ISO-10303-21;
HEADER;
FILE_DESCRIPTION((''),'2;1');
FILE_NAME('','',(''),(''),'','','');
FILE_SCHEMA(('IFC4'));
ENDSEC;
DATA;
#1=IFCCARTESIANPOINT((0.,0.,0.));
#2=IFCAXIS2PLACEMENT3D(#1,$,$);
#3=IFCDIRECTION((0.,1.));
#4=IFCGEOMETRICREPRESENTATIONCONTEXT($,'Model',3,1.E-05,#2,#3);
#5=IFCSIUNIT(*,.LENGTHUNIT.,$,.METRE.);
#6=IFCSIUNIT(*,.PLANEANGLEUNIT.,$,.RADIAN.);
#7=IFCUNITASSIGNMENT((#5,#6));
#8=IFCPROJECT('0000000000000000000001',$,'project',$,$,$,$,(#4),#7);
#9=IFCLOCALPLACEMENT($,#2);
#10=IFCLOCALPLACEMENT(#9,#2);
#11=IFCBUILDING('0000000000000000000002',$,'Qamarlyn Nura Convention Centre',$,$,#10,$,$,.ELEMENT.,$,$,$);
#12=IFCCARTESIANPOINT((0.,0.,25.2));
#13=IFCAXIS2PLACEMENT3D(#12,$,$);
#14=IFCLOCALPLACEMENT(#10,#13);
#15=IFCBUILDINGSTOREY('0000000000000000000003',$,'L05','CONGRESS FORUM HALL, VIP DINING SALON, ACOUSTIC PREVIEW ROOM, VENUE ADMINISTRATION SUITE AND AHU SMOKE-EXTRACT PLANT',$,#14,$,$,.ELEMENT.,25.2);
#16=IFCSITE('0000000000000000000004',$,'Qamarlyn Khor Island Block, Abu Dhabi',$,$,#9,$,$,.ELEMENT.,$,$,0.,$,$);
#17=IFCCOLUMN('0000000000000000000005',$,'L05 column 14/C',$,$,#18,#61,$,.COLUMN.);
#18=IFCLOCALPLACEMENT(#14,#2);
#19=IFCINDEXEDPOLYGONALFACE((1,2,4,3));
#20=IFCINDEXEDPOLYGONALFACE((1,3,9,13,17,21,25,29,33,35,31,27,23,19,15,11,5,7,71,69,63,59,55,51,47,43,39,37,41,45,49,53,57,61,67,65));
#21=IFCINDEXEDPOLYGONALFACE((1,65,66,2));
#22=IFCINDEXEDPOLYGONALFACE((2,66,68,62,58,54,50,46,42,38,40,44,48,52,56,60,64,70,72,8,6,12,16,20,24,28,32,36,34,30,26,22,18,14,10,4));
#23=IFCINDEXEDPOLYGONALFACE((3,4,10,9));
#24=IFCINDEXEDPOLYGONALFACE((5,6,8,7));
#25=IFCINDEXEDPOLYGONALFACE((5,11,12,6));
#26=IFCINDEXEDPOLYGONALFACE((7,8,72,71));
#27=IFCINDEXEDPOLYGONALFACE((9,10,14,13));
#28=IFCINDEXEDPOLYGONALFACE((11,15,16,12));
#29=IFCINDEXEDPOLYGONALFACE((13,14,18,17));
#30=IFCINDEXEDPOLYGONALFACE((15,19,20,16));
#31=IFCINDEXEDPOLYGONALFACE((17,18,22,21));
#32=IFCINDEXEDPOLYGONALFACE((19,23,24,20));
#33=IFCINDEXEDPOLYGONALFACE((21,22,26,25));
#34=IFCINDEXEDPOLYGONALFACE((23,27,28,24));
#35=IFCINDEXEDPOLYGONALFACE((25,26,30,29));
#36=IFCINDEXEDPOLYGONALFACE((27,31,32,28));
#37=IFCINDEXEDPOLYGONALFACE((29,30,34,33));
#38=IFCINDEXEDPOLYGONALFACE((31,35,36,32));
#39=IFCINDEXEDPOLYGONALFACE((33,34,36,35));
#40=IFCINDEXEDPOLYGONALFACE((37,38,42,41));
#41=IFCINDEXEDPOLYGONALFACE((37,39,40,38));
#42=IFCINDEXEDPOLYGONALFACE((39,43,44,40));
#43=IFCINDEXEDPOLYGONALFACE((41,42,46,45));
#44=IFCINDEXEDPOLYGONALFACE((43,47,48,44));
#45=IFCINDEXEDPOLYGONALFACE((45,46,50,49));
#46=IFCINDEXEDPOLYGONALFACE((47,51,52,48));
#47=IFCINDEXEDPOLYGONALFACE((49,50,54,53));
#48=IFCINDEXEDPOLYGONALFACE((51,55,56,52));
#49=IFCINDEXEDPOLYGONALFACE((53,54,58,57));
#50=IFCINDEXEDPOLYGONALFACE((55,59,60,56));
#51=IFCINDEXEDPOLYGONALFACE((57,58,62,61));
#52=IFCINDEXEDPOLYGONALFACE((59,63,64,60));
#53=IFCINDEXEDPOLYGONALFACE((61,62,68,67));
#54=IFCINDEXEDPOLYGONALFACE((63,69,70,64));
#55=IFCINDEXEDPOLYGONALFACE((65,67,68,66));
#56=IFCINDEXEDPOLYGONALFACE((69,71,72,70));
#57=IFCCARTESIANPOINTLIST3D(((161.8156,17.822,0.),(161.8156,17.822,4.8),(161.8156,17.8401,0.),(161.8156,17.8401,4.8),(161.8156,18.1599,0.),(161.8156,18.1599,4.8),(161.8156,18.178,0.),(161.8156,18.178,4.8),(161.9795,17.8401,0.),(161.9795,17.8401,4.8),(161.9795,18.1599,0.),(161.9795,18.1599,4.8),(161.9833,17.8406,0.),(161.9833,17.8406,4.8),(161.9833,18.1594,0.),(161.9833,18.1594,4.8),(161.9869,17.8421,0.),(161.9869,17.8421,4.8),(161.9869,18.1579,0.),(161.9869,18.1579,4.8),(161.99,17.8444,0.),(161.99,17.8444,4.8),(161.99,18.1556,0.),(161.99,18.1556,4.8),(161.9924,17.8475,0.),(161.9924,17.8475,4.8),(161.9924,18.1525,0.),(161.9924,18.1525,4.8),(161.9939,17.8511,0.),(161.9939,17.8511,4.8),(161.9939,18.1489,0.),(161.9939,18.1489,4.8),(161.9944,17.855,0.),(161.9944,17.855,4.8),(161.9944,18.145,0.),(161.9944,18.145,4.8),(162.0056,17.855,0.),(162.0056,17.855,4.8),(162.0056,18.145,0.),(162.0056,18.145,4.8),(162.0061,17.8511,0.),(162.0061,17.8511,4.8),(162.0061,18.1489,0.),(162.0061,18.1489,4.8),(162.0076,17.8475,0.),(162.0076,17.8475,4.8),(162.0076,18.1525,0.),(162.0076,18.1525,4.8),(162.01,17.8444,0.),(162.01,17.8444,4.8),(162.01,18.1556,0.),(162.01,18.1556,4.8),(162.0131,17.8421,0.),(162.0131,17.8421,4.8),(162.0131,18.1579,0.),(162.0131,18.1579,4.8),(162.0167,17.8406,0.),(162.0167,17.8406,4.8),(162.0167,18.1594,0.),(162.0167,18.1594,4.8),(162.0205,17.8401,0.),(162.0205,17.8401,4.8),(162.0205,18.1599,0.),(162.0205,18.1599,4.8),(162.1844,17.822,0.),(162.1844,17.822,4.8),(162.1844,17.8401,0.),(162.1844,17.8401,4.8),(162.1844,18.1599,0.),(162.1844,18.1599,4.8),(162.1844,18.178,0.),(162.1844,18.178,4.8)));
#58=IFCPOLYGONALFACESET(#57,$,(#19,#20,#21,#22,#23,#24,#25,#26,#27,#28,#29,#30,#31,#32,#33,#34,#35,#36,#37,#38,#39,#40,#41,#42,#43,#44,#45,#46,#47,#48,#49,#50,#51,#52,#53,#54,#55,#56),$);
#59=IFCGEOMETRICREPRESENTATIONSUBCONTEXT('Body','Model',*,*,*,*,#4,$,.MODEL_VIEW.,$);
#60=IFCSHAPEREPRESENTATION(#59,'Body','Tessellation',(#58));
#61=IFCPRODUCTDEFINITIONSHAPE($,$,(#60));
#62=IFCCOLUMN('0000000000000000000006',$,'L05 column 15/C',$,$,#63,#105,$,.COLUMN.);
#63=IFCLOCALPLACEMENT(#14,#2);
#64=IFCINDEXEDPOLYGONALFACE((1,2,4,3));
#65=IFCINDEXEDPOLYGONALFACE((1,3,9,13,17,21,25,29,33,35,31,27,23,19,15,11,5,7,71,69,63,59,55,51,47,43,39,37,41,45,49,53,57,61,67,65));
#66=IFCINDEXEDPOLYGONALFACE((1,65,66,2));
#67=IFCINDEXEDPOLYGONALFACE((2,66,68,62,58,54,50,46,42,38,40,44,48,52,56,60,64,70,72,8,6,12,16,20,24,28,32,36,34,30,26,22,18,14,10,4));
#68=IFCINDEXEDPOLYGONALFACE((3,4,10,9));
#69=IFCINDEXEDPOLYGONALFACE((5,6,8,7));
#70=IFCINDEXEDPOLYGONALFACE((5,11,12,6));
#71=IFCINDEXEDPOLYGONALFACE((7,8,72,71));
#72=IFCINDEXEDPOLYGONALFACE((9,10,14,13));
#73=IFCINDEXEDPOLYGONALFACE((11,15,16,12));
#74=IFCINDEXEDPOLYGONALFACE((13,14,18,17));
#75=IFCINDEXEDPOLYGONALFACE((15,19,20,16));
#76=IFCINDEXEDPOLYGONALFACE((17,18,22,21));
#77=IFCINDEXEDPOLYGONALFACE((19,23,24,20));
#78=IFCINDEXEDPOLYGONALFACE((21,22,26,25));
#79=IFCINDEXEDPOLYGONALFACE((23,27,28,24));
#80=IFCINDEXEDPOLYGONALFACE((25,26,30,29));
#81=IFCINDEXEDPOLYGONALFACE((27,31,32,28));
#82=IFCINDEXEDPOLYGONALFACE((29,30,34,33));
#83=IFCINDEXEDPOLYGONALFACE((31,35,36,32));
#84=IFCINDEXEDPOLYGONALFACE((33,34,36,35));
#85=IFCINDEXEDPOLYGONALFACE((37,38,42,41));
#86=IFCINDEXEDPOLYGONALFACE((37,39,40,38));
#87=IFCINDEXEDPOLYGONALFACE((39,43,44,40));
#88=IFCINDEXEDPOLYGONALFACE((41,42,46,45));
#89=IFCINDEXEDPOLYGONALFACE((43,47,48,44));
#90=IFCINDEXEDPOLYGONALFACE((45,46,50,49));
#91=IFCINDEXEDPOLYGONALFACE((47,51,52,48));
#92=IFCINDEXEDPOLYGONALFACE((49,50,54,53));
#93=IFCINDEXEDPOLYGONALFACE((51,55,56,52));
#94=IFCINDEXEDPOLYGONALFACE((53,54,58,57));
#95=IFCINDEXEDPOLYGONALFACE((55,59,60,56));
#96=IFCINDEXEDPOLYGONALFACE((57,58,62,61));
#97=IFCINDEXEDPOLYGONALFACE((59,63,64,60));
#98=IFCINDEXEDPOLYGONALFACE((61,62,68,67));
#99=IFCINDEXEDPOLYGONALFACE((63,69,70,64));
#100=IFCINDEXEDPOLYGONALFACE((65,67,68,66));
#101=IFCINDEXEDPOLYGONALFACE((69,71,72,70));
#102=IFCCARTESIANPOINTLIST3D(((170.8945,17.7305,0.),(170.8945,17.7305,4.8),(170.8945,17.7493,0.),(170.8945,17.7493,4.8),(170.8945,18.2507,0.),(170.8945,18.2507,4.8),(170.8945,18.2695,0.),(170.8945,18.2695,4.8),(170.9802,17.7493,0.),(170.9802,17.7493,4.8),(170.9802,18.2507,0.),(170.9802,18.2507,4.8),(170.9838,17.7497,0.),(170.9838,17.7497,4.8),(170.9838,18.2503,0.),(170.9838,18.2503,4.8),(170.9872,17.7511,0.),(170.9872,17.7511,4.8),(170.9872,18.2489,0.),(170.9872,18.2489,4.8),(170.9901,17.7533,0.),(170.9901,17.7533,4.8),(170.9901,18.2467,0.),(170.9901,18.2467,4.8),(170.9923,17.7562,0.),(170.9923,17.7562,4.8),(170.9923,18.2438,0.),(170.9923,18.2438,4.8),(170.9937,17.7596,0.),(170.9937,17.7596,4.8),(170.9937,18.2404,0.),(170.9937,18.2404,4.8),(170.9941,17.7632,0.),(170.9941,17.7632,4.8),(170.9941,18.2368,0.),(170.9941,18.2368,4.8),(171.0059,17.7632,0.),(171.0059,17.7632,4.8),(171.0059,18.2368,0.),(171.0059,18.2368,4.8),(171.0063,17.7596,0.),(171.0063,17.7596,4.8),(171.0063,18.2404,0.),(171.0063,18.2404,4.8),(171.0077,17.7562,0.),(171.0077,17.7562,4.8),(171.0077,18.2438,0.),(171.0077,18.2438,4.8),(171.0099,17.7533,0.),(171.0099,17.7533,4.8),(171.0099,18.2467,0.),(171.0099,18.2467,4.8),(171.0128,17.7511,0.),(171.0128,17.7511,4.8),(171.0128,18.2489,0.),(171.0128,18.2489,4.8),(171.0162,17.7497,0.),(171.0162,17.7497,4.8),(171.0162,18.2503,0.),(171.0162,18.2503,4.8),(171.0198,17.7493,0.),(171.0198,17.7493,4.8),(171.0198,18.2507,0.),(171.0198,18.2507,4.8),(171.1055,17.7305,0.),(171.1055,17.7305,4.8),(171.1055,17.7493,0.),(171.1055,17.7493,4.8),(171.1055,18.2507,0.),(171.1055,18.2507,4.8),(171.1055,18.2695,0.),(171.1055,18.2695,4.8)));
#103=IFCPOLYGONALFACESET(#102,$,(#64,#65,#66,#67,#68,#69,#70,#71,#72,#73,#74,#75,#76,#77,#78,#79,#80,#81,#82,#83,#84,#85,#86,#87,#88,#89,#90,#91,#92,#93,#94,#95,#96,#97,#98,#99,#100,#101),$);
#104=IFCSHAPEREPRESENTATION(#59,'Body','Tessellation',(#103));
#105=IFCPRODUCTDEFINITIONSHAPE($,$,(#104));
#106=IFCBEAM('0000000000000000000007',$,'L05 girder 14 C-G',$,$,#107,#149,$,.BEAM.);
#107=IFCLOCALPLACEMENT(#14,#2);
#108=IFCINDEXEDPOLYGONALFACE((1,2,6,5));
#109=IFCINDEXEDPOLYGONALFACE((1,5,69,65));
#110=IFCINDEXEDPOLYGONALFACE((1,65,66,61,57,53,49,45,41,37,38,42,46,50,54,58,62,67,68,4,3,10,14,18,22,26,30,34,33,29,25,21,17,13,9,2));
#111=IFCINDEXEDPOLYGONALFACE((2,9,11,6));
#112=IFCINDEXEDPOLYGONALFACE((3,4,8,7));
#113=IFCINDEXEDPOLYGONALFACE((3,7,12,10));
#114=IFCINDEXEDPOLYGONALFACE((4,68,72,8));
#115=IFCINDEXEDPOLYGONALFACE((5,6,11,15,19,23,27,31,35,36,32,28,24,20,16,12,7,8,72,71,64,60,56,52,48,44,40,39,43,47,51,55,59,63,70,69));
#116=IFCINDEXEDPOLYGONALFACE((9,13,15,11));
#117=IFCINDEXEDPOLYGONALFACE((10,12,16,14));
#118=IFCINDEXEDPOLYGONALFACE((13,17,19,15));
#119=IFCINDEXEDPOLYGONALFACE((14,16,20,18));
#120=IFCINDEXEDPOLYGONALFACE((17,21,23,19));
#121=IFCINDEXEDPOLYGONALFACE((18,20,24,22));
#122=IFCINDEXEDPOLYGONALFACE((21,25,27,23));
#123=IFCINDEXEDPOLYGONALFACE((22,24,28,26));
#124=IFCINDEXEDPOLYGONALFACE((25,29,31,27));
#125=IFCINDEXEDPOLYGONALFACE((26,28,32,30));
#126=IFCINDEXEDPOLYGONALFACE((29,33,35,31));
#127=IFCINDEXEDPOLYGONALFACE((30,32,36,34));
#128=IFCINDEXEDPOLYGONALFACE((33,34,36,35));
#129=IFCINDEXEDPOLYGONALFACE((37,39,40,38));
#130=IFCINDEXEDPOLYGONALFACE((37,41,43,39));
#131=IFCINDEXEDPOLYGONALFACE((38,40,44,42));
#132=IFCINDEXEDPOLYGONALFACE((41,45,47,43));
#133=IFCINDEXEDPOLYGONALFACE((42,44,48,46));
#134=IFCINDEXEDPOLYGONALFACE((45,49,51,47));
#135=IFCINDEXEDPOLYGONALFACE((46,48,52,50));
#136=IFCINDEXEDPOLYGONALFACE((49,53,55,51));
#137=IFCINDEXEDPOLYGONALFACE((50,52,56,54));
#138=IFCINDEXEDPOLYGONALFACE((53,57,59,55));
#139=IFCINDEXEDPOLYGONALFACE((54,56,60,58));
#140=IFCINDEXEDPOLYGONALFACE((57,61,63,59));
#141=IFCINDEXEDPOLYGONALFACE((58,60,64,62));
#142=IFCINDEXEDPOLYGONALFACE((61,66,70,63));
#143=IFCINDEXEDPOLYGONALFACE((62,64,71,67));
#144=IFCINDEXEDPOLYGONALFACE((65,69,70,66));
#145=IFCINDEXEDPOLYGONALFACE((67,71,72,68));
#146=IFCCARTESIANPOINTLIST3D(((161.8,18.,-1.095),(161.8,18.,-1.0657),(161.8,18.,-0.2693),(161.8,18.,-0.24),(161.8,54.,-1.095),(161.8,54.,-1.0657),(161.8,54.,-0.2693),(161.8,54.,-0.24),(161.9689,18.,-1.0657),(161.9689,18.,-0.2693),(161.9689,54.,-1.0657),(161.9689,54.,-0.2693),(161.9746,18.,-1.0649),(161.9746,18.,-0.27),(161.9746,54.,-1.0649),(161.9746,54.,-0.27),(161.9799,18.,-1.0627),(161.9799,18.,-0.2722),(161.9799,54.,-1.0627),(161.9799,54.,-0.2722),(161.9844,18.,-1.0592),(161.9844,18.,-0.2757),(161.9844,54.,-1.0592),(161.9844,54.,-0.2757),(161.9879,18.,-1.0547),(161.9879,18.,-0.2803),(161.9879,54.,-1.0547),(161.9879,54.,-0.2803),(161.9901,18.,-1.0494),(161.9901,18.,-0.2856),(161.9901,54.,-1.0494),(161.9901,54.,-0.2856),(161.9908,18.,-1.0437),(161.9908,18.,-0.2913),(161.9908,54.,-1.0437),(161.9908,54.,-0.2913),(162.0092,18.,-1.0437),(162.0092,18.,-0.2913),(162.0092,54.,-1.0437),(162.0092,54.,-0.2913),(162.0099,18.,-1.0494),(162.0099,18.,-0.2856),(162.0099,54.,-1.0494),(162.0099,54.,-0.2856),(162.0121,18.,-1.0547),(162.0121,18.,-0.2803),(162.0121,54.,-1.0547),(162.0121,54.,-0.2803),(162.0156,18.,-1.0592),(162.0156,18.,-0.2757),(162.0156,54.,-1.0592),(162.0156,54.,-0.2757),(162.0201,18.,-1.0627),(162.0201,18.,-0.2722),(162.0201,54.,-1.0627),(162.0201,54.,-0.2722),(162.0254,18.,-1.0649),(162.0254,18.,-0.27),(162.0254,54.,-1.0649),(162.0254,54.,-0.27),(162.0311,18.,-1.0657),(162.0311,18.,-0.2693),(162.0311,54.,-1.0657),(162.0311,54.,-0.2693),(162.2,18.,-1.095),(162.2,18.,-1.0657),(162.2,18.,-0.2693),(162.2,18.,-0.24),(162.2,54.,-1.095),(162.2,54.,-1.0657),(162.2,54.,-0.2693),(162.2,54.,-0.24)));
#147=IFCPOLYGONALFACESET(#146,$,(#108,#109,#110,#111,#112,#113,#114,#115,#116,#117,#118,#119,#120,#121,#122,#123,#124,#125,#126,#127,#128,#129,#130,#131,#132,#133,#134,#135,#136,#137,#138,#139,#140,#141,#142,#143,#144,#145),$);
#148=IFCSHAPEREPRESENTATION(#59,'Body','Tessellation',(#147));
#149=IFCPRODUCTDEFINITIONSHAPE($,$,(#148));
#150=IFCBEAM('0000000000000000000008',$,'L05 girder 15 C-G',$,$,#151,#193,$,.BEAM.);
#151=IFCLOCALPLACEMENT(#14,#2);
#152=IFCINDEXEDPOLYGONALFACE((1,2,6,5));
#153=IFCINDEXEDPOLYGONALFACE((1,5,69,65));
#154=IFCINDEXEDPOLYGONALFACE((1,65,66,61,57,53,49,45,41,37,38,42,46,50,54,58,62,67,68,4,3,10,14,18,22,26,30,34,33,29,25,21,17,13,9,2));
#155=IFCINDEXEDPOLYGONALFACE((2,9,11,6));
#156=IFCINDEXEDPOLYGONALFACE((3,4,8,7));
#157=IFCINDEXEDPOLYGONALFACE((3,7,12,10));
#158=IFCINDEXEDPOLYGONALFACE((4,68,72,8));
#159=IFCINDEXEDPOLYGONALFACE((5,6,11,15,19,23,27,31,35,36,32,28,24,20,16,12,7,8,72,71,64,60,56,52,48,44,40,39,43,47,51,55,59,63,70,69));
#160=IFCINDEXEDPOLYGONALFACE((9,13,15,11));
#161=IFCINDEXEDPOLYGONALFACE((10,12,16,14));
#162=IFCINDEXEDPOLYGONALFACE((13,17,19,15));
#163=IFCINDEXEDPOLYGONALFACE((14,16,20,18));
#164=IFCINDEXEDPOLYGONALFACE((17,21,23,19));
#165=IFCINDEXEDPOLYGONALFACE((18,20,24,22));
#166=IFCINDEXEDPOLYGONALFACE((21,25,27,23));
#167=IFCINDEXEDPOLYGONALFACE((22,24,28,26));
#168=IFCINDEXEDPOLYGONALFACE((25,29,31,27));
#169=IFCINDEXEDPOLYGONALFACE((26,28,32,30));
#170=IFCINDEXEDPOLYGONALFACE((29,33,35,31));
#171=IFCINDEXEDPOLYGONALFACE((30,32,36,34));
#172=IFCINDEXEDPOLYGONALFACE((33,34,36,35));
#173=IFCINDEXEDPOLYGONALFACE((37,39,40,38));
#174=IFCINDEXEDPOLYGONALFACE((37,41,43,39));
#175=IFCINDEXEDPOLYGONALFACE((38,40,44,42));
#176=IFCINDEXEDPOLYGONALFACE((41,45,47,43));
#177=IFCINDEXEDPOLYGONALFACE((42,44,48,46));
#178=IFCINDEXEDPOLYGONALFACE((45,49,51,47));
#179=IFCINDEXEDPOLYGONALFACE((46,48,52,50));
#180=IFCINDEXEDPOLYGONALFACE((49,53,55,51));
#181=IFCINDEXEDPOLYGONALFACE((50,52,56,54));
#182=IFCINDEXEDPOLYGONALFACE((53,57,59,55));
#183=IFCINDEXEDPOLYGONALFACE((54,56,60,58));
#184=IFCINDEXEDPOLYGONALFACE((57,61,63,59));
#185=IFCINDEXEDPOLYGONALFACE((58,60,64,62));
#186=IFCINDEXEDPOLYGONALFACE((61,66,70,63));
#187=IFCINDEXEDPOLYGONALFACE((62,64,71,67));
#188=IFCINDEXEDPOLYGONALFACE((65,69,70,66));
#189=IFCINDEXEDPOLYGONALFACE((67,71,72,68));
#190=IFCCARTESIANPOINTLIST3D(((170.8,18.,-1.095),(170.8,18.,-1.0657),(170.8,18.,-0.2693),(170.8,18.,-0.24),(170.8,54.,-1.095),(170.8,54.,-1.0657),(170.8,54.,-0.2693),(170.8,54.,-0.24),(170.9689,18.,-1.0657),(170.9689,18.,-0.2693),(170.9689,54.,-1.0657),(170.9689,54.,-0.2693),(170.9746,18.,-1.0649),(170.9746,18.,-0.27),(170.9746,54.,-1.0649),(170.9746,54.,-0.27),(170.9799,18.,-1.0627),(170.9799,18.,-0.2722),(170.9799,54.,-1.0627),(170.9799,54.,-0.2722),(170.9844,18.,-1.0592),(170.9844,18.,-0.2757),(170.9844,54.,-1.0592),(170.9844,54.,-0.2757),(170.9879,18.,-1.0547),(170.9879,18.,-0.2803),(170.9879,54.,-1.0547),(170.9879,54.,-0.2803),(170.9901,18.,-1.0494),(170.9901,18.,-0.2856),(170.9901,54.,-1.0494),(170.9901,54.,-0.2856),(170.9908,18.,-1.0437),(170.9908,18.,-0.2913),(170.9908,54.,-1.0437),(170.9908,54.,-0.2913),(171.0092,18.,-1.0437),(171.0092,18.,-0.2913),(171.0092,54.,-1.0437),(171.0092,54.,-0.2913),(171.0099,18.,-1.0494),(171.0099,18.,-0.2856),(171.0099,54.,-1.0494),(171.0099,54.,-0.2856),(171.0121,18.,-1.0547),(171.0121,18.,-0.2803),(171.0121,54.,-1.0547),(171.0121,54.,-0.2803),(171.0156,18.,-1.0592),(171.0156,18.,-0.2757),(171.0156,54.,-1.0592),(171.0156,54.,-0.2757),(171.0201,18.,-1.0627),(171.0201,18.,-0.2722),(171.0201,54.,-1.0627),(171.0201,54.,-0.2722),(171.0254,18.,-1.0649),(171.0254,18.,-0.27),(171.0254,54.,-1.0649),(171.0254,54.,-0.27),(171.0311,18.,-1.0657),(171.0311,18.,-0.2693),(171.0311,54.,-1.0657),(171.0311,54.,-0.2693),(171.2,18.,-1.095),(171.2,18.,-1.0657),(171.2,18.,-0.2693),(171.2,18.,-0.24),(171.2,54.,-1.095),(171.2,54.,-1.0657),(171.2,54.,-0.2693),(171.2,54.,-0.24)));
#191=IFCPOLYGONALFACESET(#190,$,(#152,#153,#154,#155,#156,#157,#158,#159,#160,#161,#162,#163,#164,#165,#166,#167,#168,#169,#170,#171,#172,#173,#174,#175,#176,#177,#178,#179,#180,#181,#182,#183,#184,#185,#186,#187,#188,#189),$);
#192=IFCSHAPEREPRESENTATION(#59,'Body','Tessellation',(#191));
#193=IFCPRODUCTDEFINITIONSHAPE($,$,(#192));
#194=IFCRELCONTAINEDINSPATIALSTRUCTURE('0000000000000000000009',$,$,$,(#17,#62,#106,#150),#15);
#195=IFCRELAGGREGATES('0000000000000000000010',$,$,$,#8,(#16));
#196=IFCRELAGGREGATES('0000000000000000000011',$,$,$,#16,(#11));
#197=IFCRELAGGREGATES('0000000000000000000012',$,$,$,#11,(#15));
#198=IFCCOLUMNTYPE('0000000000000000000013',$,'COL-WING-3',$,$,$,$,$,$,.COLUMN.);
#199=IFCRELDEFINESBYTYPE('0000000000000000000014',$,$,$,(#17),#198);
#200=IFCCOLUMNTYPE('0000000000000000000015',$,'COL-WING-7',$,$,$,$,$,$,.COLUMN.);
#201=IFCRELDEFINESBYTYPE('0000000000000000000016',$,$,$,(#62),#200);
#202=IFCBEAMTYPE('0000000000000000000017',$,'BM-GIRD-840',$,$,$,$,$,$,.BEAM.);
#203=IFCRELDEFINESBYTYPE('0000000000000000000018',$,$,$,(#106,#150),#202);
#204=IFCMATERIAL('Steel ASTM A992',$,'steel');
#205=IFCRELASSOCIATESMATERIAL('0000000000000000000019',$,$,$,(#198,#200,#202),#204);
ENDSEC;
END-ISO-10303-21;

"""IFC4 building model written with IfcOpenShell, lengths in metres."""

from ifc_helpers import new_model, si_unit, direction, frame, origin, origin_2d, place, context, subcontext, project, spatial, i_section, extrude, material, material_profile, profile_set, type_object, element, save


model = new_model("IFC4")

# Units and contexts
model_context = context("Model", 3, precision=1e-05, world=origin(), true_north=direction((0.0, 1.0)))
body_context = subcontext(model_context, "Body", "Model", "MODEL_VIEW")
ifc_project = project(units=[si_unit("LENGTHUNIT", "METRE"), si_unit("PLANEANGLEUNIT", "RADIAN")], contexts=[model_context])

# Site, building, storey
site_placement = place(None, origin())
site = spatial("IfcSite", under=ifc_project, at=site_placement, Name="Qamarlyn Khor Island Block, Abu Dhabi", CompositionType="ELEMENT", RefElevation=0.0)
building_placement = place(site_placement, origin())
building = spatial("IfcBuilding", under=site, at=building_placement, Name="Qamarlyn Nura Convention Centre", CompositionType="ELEMENT")
storey_placement = place(building_placement, frame((0.0, 0.0, 25.2)))
storey = spatial("IfcBuildingStorey", under=building, at=storey_placement, Name="L05", Description="CONGRESS FORUM HALL, VIP DINING SALON, ACOUSTIC PREVIEW ROOM, VENUE ADMINISTRATION SUITE AND AHU SMOKE-EXTRACT PLANT", CompositionType="ELEMENT", Elevation=25.2)

# Columns
ifc_material_1 = material(Name="Steel ASTM A992", Category="steel")
ifc_material_profile_1 = material_profile(ifc_material_1, i_section(OverallWidth=0.3689, OverallDepth=0.356, WebThickness=0.0112, FlangeThickness=0.0181, FilletRadius=0.0149, at=origin_2d()), Name="W360X134")
ifc_profile_set_1 = profile_set([ifc_material_profile_1], Name="Steel ASTM A992")
column_type_1 = type_object("IfcColumnType", Name="COL-WING-3", PredefinedType="COLUMN", material=ifc_profile_set_1)
column_1_placement = place(storey_placement, frame((162.0, 18.0, 0.0), z_axis=(0.0, 0.0, 1.0), x_axis=(1.0, 0.0, 0.0)))
element("IfcColumn", 1, at=column_1_placement, inside=storey, type_object=column_type_1, Name="L05 column 14/C", PredefinedType="COLUMN", context=body_context, shape_type="SweptSolid", body=[
    extrude(i_section(OverallWidth=0.3689, OverallDepth=0.356, WebThickness=0.0112, FlangeThickness=0.0181, FilletRadius=0.0149, at=origin_2d()), origin(), (0.0, 0.0, 1.0), 4.8),
])
ifc_material_profile_2 = material_profile(ifc_material_1, i_section(OverallWidth=0.2109, OverallDepth=0.5391, WebThickness=0.0117, FlangeThickness=0.0188, FilletRadius=0.0139, at=origin_2d()), Name="W530X109")
ifc_profile_set_2 = profile_set([ifc_material_profile_2], Name="Steel ASTM A992")
column_type_2 = type_object("IfcColumnType", Name="COL-WING-7", PredefinedType="COLUMN", material=ifc_profile_set_2)
column_2_placement = place(storey_placement, frame((171.0, 18.0, 0.0), z_axis=(0.0, 0.0, 1.0), x_axis=(1.0, 0.0, 0.0)))
element("IfcColumn", 2, at=column_2_placement, inside=storey, type_object=column_type_2, Name="L05 column 15/C", PredefinedType="COLUMN", context=body_context, shape_type="SweptSolid", body=[
    extrude(i_section(OverallWidth=0.2109, OverallDepth=0.5391, WebThickness=0.0117, FlangeThickness=0.0188, FilletRadius=0.0139, at=origin_2d()), origin(), (0.0, 0.0, 1.0), 4.8),
])

# Beams
ifc_material_profile_3 = material_profile(ifc_material_1, i_section(OverallWidth=0.3999, OverallDepth=0.855, WebThickness=0.0183, FlangeThickness=0.0293, FilletRadius=0.022, at=origin_2d()), Name="W840X299")
ifc_profile_set_3 = profile_set([ifc_material_profile_3], Name="Steel ASTM A992")
beam_type_1 = type_object("IfcBeamType", Name="BM-GIRD-840", PredefinedType="BEAM", material=ifc_profile_set_3)
for number, where, z_axis, x_axis, name in (
    (3, (162.0, 18.0, -0.6675), (0.0, 1.0, 0.0), (-1.0, 0.0, 0.0), "L05 girder 14 C-G"),
    (4, (171.0, 18.0, -0.6675), (0.0, 1.0, 0.0), (-1.0, 0.0, 0.0), "L05 girder 15 C-G"),
):
    element("IfcBeam", number, at=place(storey_placement, frame(where, z_axis=z_axis, x_axis=x_axis)), inside=storey, type_object=beam_type_1, Name=name, PredefinedType="BEAM", context=body_context, shape_type="SweptSolid", body=[
        extrude(i_section(OverallWidth=0.3999, OverallDepth=0.855, WebThickness=0.0183, FlangeThickness=0.0293, FilletRadius=0.022, at=origin_2d()), origin(), (0.0, 0.0, 1.0), 36.0),
    ])

save(model, "model.ifc")
